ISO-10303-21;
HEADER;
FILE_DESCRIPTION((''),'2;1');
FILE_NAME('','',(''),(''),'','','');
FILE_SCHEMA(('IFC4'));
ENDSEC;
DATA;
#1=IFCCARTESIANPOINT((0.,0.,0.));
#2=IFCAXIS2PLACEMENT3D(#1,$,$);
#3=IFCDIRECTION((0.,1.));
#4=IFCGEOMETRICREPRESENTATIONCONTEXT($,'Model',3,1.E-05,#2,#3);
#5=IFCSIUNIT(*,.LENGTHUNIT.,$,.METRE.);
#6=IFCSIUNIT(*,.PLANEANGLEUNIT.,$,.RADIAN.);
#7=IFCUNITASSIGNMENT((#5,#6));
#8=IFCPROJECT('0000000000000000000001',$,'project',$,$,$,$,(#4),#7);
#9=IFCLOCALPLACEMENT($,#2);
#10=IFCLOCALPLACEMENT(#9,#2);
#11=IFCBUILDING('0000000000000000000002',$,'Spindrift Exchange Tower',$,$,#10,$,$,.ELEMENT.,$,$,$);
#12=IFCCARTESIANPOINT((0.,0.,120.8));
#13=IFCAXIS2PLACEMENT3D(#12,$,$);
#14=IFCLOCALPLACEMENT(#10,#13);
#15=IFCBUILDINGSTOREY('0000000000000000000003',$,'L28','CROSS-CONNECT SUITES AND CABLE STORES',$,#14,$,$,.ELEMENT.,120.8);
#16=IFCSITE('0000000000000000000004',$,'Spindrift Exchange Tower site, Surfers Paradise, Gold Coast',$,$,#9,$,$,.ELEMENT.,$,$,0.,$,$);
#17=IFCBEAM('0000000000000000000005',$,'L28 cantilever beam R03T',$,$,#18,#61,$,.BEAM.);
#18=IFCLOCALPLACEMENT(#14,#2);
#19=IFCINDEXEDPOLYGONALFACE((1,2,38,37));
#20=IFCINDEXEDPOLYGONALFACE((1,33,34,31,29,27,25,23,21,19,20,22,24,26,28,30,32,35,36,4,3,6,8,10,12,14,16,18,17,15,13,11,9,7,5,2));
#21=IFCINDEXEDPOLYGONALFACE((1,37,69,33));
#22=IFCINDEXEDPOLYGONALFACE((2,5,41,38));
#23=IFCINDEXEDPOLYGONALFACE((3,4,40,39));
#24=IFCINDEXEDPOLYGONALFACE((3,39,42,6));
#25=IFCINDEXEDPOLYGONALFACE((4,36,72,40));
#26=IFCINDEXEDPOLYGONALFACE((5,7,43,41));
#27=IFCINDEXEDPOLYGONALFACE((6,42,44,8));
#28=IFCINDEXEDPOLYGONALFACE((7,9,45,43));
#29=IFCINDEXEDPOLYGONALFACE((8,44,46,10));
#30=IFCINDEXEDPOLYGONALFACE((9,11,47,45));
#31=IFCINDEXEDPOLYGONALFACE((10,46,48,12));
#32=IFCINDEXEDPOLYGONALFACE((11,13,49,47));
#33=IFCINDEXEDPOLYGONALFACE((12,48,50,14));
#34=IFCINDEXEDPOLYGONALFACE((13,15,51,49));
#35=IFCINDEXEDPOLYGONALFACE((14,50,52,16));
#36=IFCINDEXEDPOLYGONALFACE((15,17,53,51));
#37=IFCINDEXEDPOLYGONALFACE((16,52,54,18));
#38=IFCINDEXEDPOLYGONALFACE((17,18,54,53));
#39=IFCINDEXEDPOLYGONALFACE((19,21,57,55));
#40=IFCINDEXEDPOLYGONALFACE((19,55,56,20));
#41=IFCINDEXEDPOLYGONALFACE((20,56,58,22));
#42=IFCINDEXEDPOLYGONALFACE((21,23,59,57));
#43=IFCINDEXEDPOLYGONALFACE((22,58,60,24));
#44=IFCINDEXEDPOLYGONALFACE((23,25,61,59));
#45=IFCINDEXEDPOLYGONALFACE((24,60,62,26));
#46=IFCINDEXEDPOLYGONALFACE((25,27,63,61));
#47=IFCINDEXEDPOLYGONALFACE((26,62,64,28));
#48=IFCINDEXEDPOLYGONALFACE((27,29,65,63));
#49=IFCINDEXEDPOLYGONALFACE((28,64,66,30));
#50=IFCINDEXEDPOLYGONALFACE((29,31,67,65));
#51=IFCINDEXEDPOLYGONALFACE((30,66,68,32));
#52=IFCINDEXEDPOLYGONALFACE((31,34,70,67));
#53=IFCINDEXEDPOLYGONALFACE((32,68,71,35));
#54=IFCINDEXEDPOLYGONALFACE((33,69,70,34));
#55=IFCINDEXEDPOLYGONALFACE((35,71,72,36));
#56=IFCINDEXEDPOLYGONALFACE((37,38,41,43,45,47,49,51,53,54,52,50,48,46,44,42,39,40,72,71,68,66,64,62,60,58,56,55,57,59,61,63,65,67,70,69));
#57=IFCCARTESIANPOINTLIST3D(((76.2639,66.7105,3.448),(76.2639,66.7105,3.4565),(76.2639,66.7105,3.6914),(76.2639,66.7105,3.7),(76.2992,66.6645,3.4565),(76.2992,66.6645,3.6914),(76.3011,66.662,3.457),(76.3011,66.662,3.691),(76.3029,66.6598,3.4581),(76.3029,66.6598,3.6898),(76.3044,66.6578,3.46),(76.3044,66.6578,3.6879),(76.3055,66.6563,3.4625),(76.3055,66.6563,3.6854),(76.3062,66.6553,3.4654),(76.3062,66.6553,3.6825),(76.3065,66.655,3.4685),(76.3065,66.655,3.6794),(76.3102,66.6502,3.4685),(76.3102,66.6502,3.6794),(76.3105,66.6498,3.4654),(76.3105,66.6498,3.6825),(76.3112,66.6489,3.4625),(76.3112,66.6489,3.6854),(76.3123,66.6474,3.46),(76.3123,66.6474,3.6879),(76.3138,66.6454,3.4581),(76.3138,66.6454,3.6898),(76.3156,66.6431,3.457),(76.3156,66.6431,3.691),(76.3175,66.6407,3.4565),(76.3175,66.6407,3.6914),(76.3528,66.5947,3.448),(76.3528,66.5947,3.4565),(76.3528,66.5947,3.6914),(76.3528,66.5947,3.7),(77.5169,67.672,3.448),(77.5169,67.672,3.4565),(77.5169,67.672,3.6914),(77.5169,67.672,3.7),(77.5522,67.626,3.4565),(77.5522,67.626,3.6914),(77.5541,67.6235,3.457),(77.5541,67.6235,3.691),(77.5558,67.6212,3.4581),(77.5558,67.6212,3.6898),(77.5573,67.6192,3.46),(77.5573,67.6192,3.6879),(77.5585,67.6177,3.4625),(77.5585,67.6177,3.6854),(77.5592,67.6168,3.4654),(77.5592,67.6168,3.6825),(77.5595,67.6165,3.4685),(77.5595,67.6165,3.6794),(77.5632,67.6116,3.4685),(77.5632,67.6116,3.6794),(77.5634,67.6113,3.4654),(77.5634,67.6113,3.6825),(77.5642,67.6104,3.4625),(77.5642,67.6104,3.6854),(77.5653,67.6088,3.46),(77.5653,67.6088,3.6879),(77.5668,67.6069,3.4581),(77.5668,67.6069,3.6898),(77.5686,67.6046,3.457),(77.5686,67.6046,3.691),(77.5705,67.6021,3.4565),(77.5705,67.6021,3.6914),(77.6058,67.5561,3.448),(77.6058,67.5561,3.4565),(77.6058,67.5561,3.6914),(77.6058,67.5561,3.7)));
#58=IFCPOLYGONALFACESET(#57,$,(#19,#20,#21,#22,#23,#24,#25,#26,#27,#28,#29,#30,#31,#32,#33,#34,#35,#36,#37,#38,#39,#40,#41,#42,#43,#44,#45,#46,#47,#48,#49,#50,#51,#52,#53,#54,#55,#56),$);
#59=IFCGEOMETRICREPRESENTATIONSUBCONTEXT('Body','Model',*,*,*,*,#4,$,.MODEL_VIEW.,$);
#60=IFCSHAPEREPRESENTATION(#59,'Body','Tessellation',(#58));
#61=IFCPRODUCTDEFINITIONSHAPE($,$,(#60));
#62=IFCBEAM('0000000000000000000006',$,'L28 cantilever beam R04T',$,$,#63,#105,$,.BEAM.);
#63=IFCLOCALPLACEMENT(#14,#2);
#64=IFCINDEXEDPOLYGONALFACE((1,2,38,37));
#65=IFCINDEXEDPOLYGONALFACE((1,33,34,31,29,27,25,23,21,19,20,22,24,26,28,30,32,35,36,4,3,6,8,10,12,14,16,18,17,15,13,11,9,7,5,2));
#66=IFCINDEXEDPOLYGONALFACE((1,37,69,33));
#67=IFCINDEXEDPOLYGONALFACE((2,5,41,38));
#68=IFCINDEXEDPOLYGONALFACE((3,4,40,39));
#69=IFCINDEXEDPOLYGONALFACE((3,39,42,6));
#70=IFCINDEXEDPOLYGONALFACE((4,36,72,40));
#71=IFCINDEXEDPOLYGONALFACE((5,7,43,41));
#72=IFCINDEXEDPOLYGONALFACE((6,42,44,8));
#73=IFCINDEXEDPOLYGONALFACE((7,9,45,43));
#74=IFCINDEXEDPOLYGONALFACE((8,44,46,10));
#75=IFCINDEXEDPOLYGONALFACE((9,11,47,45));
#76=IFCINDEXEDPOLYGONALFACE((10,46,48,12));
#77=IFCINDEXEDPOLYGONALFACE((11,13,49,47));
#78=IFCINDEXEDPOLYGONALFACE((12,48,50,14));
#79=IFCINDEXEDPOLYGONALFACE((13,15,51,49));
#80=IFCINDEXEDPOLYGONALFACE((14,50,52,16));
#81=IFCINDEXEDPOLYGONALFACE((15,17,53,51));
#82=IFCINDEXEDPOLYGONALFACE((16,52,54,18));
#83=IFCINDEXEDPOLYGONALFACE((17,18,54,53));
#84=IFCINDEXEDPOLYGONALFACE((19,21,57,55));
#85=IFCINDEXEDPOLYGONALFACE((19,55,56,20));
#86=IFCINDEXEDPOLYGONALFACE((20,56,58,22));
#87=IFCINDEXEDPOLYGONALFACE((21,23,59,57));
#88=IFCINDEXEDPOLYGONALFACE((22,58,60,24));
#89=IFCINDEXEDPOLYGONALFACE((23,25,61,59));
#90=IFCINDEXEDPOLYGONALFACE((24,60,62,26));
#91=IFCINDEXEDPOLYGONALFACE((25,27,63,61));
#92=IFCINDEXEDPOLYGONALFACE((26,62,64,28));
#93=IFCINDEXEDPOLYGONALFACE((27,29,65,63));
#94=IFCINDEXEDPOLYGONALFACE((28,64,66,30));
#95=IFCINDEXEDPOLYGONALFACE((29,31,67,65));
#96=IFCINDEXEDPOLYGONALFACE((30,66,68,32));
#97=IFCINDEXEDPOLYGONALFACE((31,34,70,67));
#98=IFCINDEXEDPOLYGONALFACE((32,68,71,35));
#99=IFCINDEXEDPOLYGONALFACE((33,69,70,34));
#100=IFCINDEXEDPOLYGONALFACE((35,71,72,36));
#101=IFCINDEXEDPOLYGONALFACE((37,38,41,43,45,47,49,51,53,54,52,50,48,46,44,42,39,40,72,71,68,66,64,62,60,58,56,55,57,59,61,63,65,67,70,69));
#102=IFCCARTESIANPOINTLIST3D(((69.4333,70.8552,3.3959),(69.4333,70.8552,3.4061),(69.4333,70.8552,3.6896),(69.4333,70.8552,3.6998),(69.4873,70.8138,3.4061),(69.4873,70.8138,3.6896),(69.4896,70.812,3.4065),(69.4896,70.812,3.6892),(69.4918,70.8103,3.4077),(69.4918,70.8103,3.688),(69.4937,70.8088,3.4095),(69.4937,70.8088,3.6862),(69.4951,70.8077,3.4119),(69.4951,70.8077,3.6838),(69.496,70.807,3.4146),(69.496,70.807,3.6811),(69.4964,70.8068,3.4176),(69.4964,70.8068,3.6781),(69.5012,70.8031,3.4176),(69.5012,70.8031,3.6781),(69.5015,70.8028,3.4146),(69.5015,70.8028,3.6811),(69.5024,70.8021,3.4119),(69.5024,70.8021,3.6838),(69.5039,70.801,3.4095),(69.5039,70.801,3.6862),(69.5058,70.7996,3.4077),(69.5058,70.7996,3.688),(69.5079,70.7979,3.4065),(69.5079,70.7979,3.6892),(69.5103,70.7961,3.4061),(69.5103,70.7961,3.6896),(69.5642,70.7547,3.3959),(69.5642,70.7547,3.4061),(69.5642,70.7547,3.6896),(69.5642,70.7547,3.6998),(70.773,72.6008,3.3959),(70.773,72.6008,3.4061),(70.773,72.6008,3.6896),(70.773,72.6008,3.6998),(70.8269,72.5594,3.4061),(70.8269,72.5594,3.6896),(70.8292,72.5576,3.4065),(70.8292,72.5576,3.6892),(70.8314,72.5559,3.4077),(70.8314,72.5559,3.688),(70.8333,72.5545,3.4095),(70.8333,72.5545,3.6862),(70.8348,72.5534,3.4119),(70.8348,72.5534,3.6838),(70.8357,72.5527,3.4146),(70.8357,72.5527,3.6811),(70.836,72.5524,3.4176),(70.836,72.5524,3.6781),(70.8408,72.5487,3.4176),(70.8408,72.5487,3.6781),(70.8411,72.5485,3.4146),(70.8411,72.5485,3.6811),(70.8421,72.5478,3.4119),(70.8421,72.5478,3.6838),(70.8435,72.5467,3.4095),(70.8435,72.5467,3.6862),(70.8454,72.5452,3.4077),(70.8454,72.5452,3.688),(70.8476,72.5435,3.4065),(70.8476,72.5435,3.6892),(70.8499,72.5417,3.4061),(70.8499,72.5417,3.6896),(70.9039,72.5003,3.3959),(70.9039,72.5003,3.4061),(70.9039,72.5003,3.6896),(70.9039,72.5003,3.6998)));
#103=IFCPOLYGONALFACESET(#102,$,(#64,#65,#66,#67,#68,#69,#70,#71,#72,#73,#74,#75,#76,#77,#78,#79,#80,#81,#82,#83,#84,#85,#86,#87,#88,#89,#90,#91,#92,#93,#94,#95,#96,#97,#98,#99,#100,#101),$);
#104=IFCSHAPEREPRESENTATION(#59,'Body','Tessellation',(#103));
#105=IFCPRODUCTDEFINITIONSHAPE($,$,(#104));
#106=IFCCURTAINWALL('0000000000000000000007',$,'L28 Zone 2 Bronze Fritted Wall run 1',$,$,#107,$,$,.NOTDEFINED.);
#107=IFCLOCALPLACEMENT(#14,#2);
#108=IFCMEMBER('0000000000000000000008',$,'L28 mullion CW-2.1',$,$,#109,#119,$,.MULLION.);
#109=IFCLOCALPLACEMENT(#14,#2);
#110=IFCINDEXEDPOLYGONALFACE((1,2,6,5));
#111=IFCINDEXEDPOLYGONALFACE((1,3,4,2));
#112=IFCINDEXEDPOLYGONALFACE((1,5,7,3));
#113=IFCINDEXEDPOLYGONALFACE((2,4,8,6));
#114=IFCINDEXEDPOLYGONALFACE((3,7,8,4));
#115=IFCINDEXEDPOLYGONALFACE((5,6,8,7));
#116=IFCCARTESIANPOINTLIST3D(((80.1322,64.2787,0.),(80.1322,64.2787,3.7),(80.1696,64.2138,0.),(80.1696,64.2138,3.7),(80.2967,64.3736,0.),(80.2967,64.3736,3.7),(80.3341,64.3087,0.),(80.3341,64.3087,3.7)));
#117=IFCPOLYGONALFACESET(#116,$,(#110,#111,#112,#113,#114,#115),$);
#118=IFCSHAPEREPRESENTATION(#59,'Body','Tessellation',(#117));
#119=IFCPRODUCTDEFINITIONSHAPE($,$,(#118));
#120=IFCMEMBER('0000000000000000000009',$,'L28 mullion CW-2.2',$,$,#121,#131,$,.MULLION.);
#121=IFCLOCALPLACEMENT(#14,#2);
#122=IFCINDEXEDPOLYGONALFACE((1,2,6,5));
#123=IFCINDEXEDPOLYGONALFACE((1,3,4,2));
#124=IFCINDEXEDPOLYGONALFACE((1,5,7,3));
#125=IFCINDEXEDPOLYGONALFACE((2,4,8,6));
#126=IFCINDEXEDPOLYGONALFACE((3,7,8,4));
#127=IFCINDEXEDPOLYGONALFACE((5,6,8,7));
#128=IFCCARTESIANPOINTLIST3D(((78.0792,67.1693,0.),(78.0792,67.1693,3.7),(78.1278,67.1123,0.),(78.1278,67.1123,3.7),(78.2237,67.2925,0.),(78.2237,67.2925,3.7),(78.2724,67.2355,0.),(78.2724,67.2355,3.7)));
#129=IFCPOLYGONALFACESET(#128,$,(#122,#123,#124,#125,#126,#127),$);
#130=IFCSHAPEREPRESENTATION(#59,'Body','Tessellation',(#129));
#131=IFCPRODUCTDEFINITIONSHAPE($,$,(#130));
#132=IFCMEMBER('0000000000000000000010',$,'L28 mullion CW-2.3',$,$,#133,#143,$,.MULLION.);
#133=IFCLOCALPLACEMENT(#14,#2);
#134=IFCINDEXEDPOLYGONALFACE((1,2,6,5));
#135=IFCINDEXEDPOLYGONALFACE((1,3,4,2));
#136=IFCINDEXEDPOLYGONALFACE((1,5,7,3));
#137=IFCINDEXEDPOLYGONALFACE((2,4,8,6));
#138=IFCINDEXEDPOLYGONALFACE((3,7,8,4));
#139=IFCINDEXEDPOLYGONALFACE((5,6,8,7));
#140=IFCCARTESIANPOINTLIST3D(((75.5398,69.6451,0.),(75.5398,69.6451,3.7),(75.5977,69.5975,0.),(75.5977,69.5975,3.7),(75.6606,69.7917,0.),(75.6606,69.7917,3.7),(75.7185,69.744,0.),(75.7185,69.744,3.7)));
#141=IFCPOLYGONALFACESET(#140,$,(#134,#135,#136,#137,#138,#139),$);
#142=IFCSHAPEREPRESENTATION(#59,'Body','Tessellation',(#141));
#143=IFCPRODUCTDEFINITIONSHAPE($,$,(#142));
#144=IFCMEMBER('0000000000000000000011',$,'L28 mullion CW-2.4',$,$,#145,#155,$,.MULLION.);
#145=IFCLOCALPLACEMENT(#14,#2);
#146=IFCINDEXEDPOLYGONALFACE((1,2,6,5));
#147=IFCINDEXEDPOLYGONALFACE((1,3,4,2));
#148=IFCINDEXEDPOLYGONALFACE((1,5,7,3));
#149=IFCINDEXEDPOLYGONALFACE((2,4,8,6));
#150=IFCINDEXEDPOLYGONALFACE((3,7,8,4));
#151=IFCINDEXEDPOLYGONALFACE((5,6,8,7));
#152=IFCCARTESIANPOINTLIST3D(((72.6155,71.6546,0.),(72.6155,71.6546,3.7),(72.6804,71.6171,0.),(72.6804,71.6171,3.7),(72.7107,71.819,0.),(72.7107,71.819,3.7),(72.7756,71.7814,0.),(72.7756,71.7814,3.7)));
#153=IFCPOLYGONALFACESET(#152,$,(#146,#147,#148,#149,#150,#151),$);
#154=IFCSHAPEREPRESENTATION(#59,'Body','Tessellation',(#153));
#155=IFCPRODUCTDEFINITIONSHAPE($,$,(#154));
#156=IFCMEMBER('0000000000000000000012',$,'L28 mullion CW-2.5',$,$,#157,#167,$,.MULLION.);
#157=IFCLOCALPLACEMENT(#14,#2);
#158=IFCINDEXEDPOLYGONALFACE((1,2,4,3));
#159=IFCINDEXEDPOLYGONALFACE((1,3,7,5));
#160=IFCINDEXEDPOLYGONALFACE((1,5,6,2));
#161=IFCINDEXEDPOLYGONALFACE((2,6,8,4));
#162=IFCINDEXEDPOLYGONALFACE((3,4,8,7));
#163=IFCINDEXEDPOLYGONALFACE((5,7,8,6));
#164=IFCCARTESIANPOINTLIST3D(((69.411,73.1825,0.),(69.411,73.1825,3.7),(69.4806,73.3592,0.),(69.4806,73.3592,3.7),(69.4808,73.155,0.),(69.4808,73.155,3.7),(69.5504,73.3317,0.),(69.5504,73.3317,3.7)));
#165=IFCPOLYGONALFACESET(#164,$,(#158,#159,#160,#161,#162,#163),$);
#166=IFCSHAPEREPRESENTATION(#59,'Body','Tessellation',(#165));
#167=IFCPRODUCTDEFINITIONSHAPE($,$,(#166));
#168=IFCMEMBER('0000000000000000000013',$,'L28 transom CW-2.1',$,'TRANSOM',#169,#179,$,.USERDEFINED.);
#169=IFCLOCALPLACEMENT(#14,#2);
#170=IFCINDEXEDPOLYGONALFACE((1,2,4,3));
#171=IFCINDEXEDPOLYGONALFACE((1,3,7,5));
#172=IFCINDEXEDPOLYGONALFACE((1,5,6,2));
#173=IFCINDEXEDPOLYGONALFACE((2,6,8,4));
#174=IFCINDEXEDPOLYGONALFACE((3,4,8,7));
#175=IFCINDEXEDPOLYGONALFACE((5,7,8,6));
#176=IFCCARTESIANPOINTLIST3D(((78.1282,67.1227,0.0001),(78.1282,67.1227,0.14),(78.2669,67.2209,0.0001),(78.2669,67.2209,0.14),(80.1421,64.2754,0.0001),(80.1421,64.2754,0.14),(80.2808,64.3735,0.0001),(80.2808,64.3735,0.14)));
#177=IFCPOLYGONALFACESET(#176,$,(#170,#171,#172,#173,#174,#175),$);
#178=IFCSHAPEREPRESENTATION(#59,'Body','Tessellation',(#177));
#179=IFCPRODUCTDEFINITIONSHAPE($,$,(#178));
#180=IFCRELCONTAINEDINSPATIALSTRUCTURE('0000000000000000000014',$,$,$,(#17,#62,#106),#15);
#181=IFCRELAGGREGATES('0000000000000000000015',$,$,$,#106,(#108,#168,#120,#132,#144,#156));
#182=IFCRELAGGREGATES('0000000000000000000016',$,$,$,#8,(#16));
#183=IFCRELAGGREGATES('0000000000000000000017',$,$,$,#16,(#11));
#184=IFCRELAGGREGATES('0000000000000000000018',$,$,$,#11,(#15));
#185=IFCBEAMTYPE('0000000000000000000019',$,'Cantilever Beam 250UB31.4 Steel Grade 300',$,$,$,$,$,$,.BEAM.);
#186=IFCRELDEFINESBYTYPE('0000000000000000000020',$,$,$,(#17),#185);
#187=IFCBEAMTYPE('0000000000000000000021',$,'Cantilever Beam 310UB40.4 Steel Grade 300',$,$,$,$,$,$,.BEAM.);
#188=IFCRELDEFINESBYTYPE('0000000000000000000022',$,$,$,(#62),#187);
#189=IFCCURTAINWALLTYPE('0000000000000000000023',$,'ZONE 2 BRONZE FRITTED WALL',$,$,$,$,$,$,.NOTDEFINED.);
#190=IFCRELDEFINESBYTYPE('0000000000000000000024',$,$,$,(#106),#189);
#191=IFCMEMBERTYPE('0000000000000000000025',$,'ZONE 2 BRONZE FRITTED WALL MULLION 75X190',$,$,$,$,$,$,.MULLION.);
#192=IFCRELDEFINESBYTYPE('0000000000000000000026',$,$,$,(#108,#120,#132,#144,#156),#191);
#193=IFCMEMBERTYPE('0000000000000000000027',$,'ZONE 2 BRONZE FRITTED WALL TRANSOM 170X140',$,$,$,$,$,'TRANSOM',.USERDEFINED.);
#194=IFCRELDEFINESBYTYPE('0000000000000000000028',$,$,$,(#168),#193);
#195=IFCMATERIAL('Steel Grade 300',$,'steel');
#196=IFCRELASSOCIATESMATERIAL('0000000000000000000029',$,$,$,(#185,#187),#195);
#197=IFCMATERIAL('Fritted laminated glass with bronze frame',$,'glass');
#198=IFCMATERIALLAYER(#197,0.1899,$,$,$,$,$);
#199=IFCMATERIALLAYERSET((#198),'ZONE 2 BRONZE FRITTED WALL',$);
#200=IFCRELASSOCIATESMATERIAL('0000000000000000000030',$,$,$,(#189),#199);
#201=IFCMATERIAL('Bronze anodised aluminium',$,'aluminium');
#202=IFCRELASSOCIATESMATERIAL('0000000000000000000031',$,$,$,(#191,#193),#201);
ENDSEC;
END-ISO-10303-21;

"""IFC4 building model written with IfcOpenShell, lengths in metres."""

from ifc_helpers import new_model, si_unit, direction, frame, origin, origin_2d, place, context, subcontext, project, spatial, rectangle, i_section, extrude, source, transform, mapped, material, layer, layer_set, material_profile, profile_set, type_object, element, aggregate, save


model = new_model("IFC4")

# Units and contexts
model_context = context("Model", 3, precision=1e-05, world=origin(), true_north=direction((0.0, 1.0)))
body_context = subcontext(model_context, "Body", "Model", "MODEL_VIEW")
ifc_project = project(units=[si_unit("LENGTHUNIT", "METRE"), si_unit("PLANEANGLEUNIT", "RADIAN")], contexts=[model_context])

# Site, building, storey
site_placement = place(None, origin())
site = spatial("IfcSite", under=ifc_project, at=site_placement, Name="Spindrift Exchange Tower site, Surfers Paradise, Gold Coast", CompositionType="ELEMENT", RefElevation=0.0)
building_placement = place(site_placement, origin())
building = spatial("IfcBuilding", under=site, at=building_placement, Name="Spindrift Exchange Tower", CompositionType="ELEMENT")
storey_placement = place(building_placement, frame((0.0, 0.0, 120.8)))
storey = spatial("IfcBuildingStorey", under=building, at=storey_placement, Name="L28", Description="CROSS-CONNECT SUITES AND CABLE STORES", CompositionType="ELEMENT", Elevation=120.8)

# Beams
ifc_material_1 = material(Name="Steel Grade 300", Category="steel")
ifc_material_profile_1 = material_profile(ifc_material_1, i_section(OverallWidth=0.146, OverallDepth=0.252, WebThickness=0.0061, FlangeThickness=0.0085, FilletRadius=0.012, at=origin_2d()), Name="250UB31.4")
ifc_profile_set_1 = profile_set([ifc_material_profile_1], Name="Steel Grade 300")
beam_type_1 = type_object("IfcBeamType", Name="Cantilever Beam 250UB31.4 Steel Grade 300", PredefinedType="BEAM", material=ifc_profile_set_1)
shared_shape_1 = source(origin(), body_context, "Body", "SweptSolid", [
    extrude(i_section(OverallWidth=0.146, OverallDepth=0.252, WebThickness=0.0061, FlangeThickness=0.0085, FilletRadius=0.012, at=origin_2d()), origin(), (0.0, 0.0, 1.0), 1.5793),
])
beam_1_placement = place(storey_placement, frame((76.3083, 66.6526, 3.574), z_axis=(0.793348, 0.608769, 0.0), x_axis=(-0.608769, 0.793348, 0.0)))
element("IfcBeam", 1, at=beam_1_placement, inside=storey, type_object=beam_type_1, Name="L28 cantilever beam R03T", PredefinedType="BEAM", context=body_context, shape_type="MappedRepresentation", body=[
    mapped(shared_shape_1, transform((0.0, 0.0, 0.0), scale=1.0)),
])
ifc_material_profile_2 = material_profile(ifc_material_1, i_section(OverallWidth=0.165, OverallDepth=0.304, WebThickness=0.0061, FlangeThickness=0.0103, FilletRadius=0.0115, at=origin_2d()), Name="310UB40.4")
ifc_profile_set_2 = profile_set([ifc_material_profile_2], Name="Steel Grade 300")
beam_type_2 = type_object("IfcBeamType", Name="Cantilever Beam 310UB40.4 Steel Grade 300", PredefinedType="BEAM", material=ifc_profile_set_2)
shared_shape_2 = source(origin(), body_context, "Body", "SweptSolid", [
    extrude(i_section(OverallWidth=0.165, OverallDepth=0.304, WebThickness=0.0061, FlangeThickness=0.0103, FilletRadius=0.0115, at=origin_2d()), origin(), (0.0, 0.0, 1.0), 2.2004),
])
beam_2_placement = place(storey_placement, frame((69.4988, 70.8049, 3.5479), z_axis=(0.608804, 0.793321, 0.0), x_axis=(-0.793321, 0.608804, 0.0)))
element("IfcBeam", 2, at=beam_2_placement, inside=storey, type_object=beam_type_2, Name="L28 cantilever beam R04T", PredefinedType="BEAM", context=body_context, shape_type="MappedRepresentation", body=[
    mapped(shared_shape_2, transform((0.0, 0.0, 0.0), scale=1.0)),
])

# Curtain wall, members
ifc_material_2 = material(Name="Fritted laminated glass with bronze frame", Category="glass")
ifc_layer_1 = layer(ifc_material_2, 0.1899)
ifc_layer_set_1 = layer_set([ifc_layer_1], Name="ZONE 2 BRONZE FRITTED WALL")
curtain_wall_type = type_object("IfcCurtainWallType", Name="ZONE 2 BRONZE FRITTED WALL", PredefinedType="NOTDEFINED", material=ifc_layer_set_1)
curtain_wall_1_placement = place(storey_placement, origin())
curtain_wall_1 = element("IfcCurtainWall", 3, at=curtain_wall_1_placement, inside=storey, type_object=curtain_wall_type, Name="L28 Zone 2 Bronze Fritted Wall run 1", PredefinedType="NOTDEFINED")
ifc_material_3 = material(Name="Bronze anodised aluminium", Category="aluminium")
ifc_material_profile_3 = material_profile(ifc_material_3, rectangle(XDim=0.075, YDim=0.1899, at=origin_2d()), Name="ZONE 2 BRONZE FRITTED WALL MULLION 75X190")
ifc_profile_set_3 = profile_set([ifc_material_profile_3], Name="Bronze anodised aluminium")
member_type_1 = type_object("IfcMemberType", Name="ZONE 2 BRONZE FRITTED WALL MULLION 75X190", PredefinedType="MULLION", material=ifc_profile_set_3)
shared_shape_3 = source(origin(), body_context, "Body", "SweptSolid", [
    extrude(rectangle(XDim=0.075, YDim=0.1899, at=origin_2d()), origin(), (0.0, 0.0, 1.0), 3.7),
])
member_1_placement = place(storey_placement, frame((80.2332, 64.2937, 0.0), z_axis=(0.0, 0.0, 1.0), x_axis=(-0.499849, 0.866113, 0.0)))
member_1 = element("IfcMember", 4, at=member_1_placement, type_object=member_type_1, Name="L28 mullion CW-2.1", PredefinedType="MULLION", context=body_context, shape_type="MappedRepresentation", body=[
    mapped(shared_shape_3, transform((0.0, 0.0, 0.0), scale=1.0)),
])
member_2_placement = place(storey_placement, frame((78.1758, 67.2024, 0.0), z_axis=(0.0, 0.0, 1.0), x_axis=(-0.648732, 0.761017, 0.0)))
member_2 = element("IfcMember", 5, at=member_2_placement, type_object=member_type_1, Name="L28 mullion CW-2.2", PredefinedType="MULLION", context=body_context, shape_type="MappedRepresentation", body=[
    mapped(shared_shape_3, transform((0.0, 0.0, 0.0), scale=1.0)),
])
member_3_placement = place(storey_placement, frame((75.6292, 69.6946, 0.0), z_axis=(0.0, 0.0, 1.0), x_axis=(-0.771778, 0.635892, 0.0)))
member_3 = element("IfcMember", 6, at=member_3_placement, type_object=member_type_1, Name="L28 mullion CW-2.3", PredefinedType="MULLION", context=body_context, shape_type="MappedRepresentation", body=[
    mapped(shared_shape_3, transform((0.0, 0.0, 0.0), scale=1.0)),
])
member_4_placement = place(storey_placement, frame((72.6956, 71.718, 0.0), z_axis=(0.0, 0.0, 1.0), x_axis=(-0.865241, 0.501357, 0.0)))
member_4 = element("IfcMember", 7, at=member_4_placement, type_object=member_type_1, Name="L28 mullion CW-2.4", PredefinedType="MULLION", context=body_context, shape_type="MappedRepresentation", body=[
    mapped(shared_shape_3, transform((0.0, 0.0, 0.0), scale=1.0)),
])
member_5_placement = place(storey_placement, frame((69.4807, 73.2571, 0.0), z_axis=(0.0, 0.0, 1.0), x_axis=(-0.930426, 0.366481, 0.0)))
member_5 = element("IfcMember", 8, at=member_5_placement, type_object=member_type_1, Name="L28 mullion CW-2.5", PredefinedType="MULLION", context=body_context, shape_type="MappedRepresentation", body=[
    mapped(shared_shape_3, transform((0.0, 0.0, 0.0), scale=1.0)),
])
ifc_material_profile_4 = material_profile(ifc_material_3, rectangle(XDim=0.1699, YDim=0.1399, at=origin_2d()), Name="ZONE 2 BRONZE FRITTED WALL TRANSOM 170X140")
ifc_profile_set_4 = profile_set([ifc_material_profile_4], Name="Bronze anodised aluminium")
member_type_2 = type_object("IfcMemberType", Name="ZONE 2 BRONZE FRITTED WALL TRANSOM 170X140", ElementType="TRANSOM", PredefinedType="USERDEFINED", material=ifc_profile_set_4)
shared_shape_4 = source(origin(), body_context, "Body", "SweptSolid", [
    extrude(rectangle(XDim=0.1699, YDim=0.1399, at=origin_2d()), origin(), (0.0, 0.0, 1.0), 3.4875),
])
member_6_placement = place(storey_placement, frame((80.2114, 64.3245, 0.0701), z_axis=(-0.577444, 0.81643, 0.0), x_axis=(-0.81643, -0.577444, 0.0)))
member_6 = element("IfcMember", 9, at=member_6_placement, type_object=member_type_2, Name="L28 transom CW-2.1", ObjectType="TRANSOM", PredefinedType="USERDEFINED", context=body_context, shape_type="MappedRepresentation", body=[
    mapped(shared_shape_4, transform((0.0, 0.0, 0.0), scale=1.0)),
])

aggregate(curtain_wall_1, [member_1, member_6, member_2, member_3, member_4, member_5])

save(model, "model.ifc")
